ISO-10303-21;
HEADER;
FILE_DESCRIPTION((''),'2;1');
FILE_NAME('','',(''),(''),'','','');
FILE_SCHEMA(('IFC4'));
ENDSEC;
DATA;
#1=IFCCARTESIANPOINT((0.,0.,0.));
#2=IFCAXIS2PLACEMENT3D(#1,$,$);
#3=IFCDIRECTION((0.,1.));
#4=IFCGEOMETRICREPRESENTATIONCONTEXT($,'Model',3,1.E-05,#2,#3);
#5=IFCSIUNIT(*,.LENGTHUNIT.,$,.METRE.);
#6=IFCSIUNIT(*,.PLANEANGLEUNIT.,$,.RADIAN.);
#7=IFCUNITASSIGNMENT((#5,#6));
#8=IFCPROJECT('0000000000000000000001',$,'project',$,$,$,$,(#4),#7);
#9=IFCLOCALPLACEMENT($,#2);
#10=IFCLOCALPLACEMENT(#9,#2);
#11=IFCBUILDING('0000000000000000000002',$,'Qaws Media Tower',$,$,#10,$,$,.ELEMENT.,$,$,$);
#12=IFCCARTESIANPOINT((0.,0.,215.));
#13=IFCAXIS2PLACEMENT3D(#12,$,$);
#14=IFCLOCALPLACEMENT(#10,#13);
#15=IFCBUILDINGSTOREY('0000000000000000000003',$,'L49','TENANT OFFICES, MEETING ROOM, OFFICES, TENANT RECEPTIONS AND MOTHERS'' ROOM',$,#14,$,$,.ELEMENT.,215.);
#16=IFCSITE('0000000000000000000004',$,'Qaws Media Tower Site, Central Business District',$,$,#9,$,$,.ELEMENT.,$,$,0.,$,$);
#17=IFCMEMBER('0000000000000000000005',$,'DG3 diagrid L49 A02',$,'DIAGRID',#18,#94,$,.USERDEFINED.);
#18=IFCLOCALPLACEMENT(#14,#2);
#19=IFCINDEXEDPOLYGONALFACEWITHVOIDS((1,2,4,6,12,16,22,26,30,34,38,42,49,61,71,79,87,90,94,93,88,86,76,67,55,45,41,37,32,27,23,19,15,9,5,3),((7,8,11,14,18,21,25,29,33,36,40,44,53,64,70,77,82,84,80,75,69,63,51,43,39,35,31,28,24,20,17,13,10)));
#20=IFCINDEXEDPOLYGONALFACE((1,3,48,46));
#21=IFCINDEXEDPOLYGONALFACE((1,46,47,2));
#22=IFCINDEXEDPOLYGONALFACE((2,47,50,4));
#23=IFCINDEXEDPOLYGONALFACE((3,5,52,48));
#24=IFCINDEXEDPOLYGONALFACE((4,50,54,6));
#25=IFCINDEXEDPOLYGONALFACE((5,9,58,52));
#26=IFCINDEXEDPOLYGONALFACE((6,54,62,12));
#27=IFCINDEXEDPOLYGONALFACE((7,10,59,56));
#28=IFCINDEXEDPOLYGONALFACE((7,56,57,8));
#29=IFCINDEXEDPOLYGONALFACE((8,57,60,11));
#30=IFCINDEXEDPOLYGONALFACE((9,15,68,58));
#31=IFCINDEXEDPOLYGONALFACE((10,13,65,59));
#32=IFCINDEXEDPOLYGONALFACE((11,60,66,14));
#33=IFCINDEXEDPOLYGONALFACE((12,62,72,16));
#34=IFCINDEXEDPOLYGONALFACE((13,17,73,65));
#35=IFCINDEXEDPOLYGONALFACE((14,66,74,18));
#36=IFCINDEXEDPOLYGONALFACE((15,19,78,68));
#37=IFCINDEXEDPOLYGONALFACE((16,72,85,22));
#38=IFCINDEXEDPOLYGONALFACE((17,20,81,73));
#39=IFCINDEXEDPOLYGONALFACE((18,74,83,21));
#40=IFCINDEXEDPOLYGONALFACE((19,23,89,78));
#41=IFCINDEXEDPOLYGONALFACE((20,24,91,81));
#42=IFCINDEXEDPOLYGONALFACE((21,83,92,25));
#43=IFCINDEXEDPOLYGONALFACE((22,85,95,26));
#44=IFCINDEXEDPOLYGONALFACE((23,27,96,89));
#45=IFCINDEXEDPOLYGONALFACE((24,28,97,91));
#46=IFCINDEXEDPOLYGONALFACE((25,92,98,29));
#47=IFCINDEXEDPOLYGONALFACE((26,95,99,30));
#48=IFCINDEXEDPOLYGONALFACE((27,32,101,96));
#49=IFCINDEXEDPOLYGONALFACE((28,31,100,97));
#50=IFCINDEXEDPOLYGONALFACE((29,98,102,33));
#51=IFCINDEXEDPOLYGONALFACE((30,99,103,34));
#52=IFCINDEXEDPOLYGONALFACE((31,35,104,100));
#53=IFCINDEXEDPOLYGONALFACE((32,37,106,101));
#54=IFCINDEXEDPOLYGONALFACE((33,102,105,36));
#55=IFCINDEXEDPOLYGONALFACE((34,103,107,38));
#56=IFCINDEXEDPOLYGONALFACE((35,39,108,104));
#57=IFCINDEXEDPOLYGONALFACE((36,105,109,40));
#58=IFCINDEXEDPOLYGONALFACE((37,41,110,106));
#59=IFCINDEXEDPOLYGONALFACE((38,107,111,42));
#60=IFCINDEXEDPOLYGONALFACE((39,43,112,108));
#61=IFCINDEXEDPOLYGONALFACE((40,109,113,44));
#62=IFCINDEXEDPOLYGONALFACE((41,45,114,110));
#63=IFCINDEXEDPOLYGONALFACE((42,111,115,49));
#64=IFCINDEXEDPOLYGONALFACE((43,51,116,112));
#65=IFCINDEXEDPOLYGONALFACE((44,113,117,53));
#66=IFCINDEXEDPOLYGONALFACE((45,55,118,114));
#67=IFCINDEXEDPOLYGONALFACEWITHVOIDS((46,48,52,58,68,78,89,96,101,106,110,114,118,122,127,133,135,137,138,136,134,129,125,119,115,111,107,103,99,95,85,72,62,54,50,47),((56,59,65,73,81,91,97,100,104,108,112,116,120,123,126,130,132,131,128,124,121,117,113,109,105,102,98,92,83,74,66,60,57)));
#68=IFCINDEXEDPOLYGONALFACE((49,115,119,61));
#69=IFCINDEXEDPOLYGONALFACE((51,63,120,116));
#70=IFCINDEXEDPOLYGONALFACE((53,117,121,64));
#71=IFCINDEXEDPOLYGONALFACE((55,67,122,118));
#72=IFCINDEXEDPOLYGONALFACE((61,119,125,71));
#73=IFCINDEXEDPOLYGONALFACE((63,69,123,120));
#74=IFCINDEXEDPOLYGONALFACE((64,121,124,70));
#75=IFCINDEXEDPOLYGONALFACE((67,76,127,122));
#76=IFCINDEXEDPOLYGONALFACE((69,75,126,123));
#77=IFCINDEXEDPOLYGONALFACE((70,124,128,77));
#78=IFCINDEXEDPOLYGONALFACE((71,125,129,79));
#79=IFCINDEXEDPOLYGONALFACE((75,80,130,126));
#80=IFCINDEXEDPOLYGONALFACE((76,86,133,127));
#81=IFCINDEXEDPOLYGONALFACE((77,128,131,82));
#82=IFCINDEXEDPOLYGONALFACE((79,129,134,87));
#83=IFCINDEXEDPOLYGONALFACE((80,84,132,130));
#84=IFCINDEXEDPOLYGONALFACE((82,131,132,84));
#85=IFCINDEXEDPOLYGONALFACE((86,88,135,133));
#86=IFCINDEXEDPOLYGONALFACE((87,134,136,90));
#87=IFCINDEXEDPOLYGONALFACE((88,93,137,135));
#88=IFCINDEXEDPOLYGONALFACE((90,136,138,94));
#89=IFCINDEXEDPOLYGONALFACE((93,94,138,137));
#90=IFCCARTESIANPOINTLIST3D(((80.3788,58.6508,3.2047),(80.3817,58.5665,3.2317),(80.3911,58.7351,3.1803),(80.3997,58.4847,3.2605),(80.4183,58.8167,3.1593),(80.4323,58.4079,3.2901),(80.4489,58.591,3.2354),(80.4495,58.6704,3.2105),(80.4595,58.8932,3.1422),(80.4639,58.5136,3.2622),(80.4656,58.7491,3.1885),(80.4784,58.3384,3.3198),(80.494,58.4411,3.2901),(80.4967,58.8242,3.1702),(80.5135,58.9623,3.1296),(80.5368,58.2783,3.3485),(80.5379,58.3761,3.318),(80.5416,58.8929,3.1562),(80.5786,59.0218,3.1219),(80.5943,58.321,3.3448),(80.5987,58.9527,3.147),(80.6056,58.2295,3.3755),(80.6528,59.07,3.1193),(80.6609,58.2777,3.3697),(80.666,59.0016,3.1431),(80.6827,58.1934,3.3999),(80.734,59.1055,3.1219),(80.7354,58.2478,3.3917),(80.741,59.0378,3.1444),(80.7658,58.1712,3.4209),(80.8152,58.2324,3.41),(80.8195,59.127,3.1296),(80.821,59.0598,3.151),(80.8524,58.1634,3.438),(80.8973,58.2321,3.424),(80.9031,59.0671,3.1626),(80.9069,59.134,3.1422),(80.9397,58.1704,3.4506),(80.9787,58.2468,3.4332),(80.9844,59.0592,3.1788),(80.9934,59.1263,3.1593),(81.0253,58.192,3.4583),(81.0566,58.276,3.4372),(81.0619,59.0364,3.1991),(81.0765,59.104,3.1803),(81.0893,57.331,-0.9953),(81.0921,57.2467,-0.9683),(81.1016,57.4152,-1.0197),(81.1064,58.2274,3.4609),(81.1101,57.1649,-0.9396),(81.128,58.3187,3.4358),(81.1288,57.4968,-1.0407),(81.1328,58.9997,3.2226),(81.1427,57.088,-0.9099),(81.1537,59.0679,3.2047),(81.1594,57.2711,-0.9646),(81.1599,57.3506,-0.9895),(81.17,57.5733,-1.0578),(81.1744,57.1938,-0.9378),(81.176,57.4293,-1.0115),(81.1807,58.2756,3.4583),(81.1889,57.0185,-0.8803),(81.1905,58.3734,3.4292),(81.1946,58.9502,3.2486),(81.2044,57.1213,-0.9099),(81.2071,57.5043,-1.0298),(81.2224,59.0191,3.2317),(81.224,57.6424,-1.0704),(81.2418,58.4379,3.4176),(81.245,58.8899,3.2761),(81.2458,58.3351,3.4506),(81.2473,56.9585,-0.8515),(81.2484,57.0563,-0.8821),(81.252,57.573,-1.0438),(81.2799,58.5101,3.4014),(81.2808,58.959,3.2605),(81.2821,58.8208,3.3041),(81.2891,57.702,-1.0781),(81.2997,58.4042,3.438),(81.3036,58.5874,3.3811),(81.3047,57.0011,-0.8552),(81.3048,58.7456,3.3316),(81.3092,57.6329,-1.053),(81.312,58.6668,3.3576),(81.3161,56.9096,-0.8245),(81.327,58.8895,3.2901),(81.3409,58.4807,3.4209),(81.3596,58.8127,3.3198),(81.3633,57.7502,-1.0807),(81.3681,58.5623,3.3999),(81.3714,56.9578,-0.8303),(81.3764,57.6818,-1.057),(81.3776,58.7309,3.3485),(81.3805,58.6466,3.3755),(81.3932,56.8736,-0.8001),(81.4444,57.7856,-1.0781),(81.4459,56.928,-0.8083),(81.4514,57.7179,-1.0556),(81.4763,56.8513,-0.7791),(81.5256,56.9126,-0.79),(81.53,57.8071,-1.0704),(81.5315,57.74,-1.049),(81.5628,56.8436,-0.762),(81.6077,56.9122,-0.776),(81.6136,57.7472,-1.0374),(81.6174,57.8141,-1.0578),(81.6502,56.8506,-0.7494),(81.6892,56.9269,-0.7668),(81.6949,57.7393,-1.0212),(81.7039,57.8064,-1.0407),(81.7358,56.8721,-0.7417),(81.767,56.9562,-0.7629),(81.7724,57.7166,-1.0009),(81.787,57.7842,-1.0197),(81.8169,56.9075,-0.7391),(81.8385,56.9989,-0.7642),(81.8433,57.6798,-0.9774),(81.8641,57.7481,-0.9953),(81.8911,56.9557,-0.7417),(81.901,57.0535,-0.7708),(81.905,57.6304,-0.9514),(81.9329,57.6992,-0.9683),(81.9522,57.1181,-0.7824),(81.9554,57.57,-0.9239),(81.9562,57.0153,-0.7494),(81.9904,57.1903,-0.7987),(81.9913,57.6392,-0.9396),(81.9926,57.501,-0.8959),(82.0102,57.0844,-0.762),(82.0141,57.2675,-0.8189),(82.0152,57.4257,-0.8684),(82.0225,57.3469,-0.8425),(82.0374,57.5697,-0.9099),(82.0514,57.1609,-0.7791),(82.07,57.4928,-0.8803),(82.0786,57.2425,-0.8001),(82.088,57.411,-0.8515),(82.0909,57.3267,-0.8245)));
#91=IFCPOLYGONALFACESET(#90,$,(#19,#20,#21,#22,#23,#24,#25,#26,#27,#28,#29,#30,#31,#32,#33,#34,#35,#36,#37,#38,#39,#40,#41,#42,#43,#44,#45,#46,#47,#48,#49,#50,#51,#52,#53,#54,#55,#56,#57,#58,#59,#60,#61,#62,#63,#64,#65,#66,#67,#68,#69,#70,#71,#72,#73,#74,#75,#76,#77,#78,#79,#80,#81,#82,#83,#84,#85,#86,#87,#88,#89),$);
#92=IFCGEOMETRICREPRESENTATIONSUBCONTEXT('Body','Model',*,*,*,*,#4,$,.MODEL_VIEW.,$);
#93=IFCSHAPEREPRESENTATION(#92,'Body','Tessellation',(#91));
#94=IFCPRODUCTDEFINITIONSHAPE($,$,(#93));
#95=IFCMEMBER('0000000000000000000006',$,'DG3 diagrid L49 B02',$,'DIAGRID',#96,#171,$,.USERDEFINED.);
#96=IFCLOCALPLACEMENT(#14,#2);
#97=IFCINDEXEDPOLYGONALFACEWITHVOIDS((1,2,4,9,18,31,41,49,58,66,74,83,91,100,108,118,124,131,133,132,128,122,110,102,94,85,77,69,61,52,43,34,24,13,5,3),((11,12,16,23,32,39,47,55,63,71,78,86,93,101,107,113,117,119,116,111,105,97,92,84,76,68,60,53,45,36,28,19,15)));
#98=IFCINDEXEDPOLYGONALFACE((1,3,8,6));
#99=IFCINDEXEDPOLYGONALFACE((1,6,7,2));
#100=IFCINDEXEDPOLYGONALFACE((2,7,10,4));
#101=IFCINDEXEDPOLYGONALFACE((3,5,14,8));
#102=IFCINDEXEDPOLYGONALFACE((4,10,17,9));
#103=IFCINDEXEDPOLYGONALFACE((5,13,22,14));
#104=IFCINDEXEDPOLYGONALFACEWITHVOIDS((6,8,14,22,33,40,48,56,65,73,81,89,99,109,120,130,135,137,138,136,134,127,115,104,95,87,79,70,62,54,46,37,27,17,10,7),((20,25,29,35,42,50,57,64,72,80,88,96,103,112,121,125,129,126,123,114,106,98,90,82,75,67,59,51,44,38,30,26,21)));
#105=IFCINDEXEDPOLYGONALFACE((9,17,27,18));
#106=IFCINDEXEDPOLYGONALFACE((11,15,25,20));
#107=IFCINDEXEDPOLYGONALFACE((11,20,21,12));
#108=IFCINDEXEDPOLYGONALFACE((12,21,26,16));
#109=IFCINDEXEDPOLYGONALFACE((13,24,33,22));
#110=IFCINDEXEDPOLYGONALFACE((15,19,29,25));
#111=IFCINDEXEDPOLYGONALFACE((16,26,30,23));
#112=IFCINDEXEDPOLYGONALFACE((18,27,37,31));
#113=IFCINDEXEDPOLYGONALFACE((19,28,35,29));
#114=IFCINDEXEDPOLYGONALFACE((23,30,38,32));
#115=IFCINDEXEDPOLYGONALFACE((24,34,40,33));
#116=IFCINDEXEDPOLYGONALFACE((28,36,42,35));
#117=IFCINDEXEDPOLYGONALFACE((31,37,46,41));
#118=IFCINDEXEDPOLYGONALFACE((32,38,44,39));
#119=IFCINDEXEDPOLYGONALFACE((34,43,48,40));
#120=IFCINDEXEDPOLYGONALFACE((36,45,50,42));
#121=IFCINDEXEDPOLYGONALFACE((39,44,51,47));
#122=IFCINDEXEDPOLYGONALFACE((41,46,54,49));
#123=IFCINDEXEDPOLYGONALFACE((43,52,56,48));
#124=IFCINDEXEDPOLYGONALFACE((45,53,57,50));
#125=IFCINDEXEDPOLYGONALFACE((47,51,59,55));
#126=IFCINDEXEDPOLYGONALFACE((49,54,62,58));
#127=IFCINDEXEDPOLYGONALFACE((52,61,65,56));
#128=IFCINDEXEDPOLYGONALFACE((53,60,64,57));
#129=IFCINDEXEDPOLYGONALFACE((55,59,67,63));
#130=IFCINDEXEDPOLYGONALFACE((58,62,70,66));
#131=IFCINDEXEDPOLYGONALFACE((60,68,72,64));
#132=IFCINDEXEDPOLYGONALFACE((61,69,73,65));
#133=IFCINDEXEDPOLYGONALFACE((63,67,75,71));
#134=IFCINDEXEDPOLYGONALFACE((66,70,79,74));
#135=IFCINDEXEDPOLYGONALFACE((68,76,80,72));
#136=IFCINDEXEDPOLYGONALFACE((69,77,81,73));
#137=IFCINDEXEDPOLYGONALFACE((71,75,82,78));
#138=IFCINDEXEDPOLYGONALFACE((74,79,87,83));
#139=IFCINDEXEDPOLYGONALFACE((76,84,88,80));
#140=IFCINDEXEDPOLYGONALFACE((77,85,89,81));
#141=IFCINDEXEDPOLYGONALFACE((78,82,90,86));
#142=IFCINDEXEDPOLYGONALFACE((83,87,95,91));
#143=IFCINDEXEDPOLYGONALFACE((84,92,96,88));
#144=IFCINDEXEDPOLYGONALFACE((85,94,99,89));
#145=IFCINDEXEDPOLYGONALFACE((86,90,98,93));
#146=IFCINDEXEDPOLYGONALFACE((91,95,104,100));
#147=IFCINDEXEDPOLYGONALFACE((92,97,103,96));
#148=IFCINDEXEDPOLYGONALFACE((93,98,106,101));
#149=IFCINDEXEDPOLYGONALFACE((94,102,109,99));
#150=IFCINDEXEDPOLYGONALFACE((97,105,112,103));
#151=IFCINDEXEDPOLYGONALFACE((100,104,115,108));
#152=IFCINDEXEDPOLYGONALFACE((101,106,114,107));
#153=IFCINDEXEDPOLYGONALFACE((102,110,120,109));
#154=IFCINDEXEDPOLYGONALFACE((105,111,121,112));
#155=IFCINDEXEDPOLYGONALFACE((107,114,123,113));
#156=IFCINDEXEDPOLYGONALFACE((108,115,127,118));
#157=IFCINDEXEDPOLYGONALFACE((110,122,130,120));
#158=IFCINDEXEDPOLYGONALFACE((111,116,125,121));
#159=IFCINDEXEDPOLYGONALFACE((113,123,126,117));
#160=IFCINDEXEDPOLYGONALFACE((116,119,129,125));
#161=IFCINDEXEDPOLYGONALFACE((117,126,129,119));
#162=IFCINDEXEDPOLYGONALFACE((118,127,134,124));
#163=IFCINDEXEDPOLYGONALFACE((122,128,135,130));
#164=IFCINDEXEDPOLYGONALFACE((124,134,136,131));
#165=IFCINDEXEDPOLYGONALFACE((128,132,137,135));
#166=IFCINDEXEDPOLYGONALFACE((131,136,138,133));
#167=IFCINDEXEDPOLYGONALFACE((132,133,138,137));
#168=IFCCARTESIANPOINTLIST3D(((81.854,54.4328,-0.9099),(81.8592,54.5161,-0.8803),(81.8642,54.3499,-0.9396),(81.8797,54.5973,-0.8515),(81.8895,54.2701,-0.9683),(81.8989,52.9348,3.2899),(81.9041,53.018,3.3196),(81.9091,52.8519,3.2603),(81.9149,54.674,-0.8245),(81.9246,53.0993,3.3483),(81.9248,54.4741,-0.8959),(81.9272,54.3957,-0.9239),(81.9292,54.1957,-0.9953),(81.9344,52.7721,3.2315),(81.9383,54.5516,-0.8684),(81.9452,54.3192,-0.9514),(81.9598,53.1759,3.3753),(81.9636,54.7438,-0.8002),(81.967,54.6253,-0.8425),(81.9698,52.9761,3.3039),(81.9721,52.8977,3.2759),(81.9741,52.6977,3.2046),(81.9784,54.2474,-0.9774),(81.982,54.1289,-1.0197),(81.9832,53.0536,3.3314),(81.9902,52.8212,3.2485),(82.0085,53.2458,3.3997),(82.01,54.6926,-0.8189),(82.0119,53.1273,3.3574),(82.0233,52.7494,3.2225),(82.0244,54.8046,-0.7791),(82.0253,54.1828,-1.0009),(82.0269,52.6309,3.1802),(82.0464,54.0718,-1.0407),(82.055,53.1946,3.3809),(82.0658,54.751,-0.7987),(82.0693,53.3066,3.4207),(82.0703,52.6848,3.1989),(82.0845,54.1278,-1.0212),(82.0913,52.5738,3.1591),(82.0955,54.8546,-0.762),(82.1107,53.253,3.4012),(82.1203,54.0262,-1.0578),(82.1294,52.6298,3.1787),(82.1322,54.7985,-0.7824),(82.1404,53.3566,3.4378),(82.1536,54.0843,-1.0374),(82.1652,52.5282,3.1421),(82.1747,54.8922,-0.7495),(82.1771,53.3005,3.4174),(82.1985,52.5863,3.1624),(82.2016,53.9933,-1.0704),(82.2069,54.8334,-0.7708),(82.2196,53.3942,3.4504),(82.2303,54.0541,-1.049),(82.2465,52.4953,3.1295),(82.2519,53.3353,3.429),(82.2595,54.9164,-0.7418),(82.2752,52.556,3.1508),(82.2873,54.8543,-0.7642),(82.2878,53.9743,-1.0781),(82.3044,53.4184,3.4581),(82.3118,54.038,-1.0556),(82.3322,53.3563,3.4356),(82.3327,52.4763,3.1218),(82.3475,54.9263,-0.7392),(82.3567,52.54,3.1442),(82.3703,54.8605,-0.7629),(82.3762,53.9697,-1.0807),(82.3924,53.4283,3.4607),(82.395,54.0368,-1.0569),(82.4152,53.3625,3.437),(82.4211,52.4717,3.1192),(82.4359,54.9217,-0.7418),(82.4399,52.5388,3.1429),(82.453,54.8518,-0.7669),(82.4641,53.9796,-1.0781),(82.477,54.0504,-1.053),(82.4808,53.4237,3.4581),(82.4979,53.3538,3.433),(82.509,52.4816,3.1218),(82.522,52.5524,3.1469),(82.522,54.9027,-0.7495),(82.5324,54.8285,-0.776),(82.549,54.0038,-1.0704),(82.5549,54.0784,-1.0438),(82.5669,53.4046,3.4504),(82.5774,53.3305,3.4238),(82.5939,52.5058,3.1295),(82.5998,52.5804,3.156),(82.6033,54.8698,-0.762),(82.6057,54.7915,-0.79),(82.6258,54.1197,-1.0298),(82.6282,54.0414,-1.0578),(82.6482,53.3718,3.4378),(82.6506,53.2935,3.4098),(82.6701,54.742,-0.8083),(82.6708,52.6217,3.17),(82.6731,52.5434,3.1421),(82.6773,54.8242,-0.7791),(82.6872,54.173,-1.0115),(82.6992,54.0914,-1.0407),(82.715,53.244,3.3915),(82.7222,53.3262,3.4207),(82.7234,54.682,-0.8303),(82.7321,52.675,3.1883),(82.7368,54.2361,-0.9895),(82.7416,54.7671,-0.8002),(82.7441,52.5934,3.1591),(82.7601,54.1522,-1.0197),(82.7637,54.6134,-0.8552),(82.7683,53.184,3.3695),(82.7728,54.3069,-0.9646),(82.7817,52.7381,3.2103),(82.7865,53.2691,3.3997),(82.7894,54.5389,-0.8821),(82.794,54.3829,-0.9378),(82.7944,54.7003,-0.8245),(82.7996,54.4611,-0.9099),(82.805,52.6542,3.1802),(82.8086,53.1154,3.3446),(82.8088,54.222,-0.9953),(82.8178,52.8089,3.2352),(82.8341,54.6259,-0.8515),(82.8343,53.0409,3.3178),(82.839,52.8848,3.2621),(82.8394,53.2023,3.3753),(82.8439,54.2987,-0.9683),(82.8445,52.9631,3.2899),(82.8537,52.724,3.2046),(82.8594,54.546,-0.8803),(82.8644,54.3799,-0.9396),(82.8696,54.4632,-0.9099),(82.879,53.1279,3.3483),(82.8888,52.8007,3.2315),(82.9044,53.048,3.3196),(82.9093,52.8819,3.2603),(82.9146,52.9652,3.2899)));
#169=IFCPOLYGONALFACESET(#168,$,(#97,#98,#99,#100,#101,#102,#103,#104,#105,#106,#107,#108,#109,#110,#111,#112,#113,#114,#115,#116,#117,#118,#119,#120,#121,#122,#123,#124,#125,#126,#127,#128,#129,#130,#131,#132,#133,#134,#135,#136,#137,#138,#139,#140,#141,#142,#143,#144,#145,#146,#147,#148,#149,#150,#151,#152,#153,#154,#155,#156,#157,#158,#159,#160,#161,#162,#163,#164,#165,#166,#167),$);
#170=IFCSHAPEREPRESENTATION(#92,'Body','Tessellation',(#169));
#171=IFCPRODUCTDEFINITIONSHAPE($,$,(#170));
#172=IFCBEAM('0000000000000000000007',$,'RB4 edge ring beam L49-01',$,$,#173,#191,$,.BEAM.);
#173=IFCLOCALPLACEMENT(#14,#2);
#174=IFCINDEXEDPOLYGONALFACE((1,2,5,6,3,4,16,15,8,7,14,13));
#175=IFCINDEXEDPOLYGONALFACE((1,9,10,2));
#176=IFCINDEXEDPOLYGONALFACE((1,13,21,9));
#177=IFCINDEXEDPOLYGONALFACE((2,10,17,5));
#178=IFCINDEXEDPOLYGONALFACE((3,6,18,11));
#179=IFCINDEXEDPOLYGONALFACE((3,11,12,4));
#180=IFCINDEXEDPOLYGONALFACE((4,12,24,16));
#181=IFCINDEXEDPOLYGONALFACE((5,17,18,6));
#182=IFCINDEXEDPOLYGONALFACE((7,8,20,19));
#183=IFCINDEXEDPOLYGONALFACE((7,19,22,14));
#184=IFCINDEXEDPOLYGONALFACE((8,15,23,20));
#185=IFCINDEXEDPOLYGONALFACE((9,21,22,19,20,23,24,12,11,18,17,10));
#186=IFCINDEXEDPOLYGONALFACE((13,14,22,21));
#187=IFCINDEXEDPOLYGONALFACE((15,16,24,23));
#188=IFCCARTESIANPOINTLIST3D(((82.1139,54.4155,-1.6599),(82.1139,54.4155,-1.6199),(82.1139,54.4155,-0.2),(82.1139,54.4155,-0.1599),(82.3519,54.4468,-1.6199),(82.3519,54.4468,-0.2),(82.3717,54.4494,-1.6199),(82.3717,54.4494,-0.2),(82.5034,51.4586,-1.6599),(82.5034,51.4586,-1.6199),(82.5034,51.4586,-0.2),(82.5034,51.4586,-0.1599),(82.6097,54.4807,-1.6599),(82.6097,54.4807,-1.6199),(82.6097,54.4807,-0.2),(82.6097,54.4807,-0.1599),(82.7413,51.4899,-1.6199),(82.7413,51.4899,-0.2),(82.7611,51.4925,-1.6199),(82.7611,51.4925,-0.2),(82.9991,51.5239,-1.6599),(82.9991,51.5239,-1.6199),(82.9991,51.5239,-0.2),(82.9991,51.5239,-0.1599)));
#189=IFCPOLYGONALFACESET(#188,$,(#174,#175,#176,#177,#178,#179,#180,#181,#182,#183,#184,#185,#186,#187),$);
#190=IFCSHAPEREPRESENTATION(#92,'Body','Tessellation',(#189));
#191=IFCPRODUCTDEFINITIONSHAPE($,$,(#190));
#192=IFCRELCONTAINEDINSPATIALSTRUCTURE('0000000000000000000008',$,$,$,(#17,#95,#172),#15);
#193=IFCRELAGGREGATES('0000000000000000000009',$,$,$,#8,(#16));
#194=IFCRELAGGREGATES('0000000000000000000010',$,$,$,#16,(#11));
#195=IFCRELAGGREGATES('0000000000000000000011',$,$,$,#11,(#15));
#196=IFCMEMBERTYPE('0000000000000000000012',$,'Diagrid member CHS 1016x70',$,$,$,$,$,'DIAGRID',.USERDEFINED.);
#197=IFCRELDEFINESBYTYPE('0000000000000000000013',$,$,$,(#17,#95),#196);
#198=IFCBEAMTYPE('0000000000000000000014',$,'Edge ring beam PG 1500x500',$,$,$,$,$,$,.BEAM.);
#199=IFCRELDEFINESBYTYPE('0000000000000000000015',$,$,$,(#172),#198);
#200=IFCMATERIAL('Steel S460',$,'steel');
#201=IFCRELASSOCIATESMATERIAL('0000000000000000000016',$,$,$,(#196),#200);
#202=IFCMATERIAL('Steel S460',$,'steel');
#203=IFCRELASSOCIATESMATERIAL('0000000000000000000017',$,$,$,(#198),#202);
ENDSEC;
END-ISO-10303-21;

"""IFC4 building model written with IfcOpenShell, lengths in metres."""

from ifc_helpers import new_model, si_unit, direction, frame, origin, origin_2d, place, context, subcontext, project, spatial, hollow_circle, i_section, extrude, material, material_profile, profile_set, type_object, element, save


model = new_model("IFC4")

# Units and contexts
model_context = context("Model", 3, precision=1e-05, world=origin(), true_north=direction((0.0, 1.0)))
body_context = subcontext(model_context, "Body", "Model", "MODEL_VIEW")
ifc_project = project(units=[si_unit("LENGTHUNIT", "METRE"), si_unit("PLANEANGLEUNIT", "RADIAN")], contexts=[model_context])

# Site, building, storey
site_placement = place(None, origin())
site = spatial("IfcSite", under=ifc_project, at=site_placement, Name="Qaws Media Tower Site, Central Business District", CompositionType="ELEMENT", RefElevation=0.0)
building_placement = place(site_placement, origin())
building = spatial("IfcBuilding", under=site, at=building_placement, Name="Qaws Media Tower", CompositionType="ELEMENT")
storey_placement = place(building_placement, frame((0.0, 0.0, 215.0)))
storey = spatial("IfcBuildingStorey", under=building, at=storey_placement, Name="L49", Description="TENANT OFFICES, MEETING ROOM, OFFICES, TENANT RECEPTIONS AND MOTHERS' ROOM", CompositionType="ELEMENT", Elevation=215.0)

# Members
ifc_material_1 = material(Name="Steel S460", Category="steel")
ifc_material_profile_1 = material_profile(ifc_material_1, hollow_circle(Radius=0.5081, WallThickness=0.0701, at=origin_2d()), Name="CHS 1016x70")
ifc_profile_set_1 = profile_set([ifc_material_profile_1], Name="Steel S460")
member_type_1 = type_object("IfcMemberType", Name="Diagrid member CHS 1016x70", ElementType="DIAGRID", PredefinedType="USERDEFINED", material=ifc_profile_set_1)
for number, where, z_axis, x_axis, name in (
    (1, (81.5901, 57.3289, -0.9099), (-0.159315, 0.295964, 0.941819), (-0.880534, -0.473983, 0.0), "DG3 diagrid L49 A02"),
):
    element("IfcMember", number, at=place(storey_placement, frame(where, z_axis=z_axis, x_axis=x_axis)), inside=storey, type_object=member_type_1, Name=name, ObjectType="DIAGRID", PredefinedType="USERDEFINED", context=body_context, shape_type="SweptSolid", body=[
        extrude(hollow_circle(Radius=0.5081, WallThickness=0.0701, at=origin_2d()), origin(), (0.0, 0.0, 1.0), 4.4595),
    ])
member_1_placement = place(storey_placement, frame((82.3618, 54.448, -0.9099), z_axis=(0.010074, -0.335934, 0.941832), x_axis=(0.999551, 0.029973, 0.0)))
element("IfcMember", 2, at=member_1_placement, inside=storey, type_object=member_type_1, Name="DG3 diagrid L49 B02", ObjectType="DIAGRID", PredefinedType="USERDEFINED", context=body_context, shape_type="SweptSolid", body=[
    extrude(hollow_circle(Radius=0.5081, WallThickness=0.0701, at=origin_2d()), origin(), (0.0, 0.0, 1.0), 4.4592),
])

# Beam
ifc_material_2 = material(Name="Steel S460", Category="steel")
ifc_material_profile_2 = material_profile(ifc_material_2, i_section(OverallWidth=0.5, OverallDepth=1.5, WebThickness=0.02, FlangeThickness=0.04, at=origin_2d()), Name="PG 1500x500")
ifc_profile_set_2 = profile_set([ifc_material_profile_2], Name="Steel S460")
beam_type_1 = type_object("IfcBeamType", Name="Edge ring beam PG 1500x500", PredefinedType="BEAM", material=ifc_profile_set_2)
for number, where, z_axis, x_axis, name in (
    (3, (82.7512, 51.4912, -0.9099), (-0.130571, 0.991439, 0.0), (-0.991439, -0.130571, 0.0), "RB4 edge ring beam L49-01"),
):
    element("IfcBeam", number, at=place(storey_placement, frame(where, z_axis=z_axis, x_axis=x_axis)), inside=storey, type_object=beam_type_1, Name=name, PredefinedType="BEAM", context=body_context, shape_type="SweptSolid", body=[
        extrude(i_section(OverallWidth=0.5, OverallDepth=1.5, WebThickness=0.02, FlangeThickness=0.04, at=origin_2d()), origin(), (0.0, 0.0, 1.0), 2.9824),
    ])

save(model, "model.ifc")
